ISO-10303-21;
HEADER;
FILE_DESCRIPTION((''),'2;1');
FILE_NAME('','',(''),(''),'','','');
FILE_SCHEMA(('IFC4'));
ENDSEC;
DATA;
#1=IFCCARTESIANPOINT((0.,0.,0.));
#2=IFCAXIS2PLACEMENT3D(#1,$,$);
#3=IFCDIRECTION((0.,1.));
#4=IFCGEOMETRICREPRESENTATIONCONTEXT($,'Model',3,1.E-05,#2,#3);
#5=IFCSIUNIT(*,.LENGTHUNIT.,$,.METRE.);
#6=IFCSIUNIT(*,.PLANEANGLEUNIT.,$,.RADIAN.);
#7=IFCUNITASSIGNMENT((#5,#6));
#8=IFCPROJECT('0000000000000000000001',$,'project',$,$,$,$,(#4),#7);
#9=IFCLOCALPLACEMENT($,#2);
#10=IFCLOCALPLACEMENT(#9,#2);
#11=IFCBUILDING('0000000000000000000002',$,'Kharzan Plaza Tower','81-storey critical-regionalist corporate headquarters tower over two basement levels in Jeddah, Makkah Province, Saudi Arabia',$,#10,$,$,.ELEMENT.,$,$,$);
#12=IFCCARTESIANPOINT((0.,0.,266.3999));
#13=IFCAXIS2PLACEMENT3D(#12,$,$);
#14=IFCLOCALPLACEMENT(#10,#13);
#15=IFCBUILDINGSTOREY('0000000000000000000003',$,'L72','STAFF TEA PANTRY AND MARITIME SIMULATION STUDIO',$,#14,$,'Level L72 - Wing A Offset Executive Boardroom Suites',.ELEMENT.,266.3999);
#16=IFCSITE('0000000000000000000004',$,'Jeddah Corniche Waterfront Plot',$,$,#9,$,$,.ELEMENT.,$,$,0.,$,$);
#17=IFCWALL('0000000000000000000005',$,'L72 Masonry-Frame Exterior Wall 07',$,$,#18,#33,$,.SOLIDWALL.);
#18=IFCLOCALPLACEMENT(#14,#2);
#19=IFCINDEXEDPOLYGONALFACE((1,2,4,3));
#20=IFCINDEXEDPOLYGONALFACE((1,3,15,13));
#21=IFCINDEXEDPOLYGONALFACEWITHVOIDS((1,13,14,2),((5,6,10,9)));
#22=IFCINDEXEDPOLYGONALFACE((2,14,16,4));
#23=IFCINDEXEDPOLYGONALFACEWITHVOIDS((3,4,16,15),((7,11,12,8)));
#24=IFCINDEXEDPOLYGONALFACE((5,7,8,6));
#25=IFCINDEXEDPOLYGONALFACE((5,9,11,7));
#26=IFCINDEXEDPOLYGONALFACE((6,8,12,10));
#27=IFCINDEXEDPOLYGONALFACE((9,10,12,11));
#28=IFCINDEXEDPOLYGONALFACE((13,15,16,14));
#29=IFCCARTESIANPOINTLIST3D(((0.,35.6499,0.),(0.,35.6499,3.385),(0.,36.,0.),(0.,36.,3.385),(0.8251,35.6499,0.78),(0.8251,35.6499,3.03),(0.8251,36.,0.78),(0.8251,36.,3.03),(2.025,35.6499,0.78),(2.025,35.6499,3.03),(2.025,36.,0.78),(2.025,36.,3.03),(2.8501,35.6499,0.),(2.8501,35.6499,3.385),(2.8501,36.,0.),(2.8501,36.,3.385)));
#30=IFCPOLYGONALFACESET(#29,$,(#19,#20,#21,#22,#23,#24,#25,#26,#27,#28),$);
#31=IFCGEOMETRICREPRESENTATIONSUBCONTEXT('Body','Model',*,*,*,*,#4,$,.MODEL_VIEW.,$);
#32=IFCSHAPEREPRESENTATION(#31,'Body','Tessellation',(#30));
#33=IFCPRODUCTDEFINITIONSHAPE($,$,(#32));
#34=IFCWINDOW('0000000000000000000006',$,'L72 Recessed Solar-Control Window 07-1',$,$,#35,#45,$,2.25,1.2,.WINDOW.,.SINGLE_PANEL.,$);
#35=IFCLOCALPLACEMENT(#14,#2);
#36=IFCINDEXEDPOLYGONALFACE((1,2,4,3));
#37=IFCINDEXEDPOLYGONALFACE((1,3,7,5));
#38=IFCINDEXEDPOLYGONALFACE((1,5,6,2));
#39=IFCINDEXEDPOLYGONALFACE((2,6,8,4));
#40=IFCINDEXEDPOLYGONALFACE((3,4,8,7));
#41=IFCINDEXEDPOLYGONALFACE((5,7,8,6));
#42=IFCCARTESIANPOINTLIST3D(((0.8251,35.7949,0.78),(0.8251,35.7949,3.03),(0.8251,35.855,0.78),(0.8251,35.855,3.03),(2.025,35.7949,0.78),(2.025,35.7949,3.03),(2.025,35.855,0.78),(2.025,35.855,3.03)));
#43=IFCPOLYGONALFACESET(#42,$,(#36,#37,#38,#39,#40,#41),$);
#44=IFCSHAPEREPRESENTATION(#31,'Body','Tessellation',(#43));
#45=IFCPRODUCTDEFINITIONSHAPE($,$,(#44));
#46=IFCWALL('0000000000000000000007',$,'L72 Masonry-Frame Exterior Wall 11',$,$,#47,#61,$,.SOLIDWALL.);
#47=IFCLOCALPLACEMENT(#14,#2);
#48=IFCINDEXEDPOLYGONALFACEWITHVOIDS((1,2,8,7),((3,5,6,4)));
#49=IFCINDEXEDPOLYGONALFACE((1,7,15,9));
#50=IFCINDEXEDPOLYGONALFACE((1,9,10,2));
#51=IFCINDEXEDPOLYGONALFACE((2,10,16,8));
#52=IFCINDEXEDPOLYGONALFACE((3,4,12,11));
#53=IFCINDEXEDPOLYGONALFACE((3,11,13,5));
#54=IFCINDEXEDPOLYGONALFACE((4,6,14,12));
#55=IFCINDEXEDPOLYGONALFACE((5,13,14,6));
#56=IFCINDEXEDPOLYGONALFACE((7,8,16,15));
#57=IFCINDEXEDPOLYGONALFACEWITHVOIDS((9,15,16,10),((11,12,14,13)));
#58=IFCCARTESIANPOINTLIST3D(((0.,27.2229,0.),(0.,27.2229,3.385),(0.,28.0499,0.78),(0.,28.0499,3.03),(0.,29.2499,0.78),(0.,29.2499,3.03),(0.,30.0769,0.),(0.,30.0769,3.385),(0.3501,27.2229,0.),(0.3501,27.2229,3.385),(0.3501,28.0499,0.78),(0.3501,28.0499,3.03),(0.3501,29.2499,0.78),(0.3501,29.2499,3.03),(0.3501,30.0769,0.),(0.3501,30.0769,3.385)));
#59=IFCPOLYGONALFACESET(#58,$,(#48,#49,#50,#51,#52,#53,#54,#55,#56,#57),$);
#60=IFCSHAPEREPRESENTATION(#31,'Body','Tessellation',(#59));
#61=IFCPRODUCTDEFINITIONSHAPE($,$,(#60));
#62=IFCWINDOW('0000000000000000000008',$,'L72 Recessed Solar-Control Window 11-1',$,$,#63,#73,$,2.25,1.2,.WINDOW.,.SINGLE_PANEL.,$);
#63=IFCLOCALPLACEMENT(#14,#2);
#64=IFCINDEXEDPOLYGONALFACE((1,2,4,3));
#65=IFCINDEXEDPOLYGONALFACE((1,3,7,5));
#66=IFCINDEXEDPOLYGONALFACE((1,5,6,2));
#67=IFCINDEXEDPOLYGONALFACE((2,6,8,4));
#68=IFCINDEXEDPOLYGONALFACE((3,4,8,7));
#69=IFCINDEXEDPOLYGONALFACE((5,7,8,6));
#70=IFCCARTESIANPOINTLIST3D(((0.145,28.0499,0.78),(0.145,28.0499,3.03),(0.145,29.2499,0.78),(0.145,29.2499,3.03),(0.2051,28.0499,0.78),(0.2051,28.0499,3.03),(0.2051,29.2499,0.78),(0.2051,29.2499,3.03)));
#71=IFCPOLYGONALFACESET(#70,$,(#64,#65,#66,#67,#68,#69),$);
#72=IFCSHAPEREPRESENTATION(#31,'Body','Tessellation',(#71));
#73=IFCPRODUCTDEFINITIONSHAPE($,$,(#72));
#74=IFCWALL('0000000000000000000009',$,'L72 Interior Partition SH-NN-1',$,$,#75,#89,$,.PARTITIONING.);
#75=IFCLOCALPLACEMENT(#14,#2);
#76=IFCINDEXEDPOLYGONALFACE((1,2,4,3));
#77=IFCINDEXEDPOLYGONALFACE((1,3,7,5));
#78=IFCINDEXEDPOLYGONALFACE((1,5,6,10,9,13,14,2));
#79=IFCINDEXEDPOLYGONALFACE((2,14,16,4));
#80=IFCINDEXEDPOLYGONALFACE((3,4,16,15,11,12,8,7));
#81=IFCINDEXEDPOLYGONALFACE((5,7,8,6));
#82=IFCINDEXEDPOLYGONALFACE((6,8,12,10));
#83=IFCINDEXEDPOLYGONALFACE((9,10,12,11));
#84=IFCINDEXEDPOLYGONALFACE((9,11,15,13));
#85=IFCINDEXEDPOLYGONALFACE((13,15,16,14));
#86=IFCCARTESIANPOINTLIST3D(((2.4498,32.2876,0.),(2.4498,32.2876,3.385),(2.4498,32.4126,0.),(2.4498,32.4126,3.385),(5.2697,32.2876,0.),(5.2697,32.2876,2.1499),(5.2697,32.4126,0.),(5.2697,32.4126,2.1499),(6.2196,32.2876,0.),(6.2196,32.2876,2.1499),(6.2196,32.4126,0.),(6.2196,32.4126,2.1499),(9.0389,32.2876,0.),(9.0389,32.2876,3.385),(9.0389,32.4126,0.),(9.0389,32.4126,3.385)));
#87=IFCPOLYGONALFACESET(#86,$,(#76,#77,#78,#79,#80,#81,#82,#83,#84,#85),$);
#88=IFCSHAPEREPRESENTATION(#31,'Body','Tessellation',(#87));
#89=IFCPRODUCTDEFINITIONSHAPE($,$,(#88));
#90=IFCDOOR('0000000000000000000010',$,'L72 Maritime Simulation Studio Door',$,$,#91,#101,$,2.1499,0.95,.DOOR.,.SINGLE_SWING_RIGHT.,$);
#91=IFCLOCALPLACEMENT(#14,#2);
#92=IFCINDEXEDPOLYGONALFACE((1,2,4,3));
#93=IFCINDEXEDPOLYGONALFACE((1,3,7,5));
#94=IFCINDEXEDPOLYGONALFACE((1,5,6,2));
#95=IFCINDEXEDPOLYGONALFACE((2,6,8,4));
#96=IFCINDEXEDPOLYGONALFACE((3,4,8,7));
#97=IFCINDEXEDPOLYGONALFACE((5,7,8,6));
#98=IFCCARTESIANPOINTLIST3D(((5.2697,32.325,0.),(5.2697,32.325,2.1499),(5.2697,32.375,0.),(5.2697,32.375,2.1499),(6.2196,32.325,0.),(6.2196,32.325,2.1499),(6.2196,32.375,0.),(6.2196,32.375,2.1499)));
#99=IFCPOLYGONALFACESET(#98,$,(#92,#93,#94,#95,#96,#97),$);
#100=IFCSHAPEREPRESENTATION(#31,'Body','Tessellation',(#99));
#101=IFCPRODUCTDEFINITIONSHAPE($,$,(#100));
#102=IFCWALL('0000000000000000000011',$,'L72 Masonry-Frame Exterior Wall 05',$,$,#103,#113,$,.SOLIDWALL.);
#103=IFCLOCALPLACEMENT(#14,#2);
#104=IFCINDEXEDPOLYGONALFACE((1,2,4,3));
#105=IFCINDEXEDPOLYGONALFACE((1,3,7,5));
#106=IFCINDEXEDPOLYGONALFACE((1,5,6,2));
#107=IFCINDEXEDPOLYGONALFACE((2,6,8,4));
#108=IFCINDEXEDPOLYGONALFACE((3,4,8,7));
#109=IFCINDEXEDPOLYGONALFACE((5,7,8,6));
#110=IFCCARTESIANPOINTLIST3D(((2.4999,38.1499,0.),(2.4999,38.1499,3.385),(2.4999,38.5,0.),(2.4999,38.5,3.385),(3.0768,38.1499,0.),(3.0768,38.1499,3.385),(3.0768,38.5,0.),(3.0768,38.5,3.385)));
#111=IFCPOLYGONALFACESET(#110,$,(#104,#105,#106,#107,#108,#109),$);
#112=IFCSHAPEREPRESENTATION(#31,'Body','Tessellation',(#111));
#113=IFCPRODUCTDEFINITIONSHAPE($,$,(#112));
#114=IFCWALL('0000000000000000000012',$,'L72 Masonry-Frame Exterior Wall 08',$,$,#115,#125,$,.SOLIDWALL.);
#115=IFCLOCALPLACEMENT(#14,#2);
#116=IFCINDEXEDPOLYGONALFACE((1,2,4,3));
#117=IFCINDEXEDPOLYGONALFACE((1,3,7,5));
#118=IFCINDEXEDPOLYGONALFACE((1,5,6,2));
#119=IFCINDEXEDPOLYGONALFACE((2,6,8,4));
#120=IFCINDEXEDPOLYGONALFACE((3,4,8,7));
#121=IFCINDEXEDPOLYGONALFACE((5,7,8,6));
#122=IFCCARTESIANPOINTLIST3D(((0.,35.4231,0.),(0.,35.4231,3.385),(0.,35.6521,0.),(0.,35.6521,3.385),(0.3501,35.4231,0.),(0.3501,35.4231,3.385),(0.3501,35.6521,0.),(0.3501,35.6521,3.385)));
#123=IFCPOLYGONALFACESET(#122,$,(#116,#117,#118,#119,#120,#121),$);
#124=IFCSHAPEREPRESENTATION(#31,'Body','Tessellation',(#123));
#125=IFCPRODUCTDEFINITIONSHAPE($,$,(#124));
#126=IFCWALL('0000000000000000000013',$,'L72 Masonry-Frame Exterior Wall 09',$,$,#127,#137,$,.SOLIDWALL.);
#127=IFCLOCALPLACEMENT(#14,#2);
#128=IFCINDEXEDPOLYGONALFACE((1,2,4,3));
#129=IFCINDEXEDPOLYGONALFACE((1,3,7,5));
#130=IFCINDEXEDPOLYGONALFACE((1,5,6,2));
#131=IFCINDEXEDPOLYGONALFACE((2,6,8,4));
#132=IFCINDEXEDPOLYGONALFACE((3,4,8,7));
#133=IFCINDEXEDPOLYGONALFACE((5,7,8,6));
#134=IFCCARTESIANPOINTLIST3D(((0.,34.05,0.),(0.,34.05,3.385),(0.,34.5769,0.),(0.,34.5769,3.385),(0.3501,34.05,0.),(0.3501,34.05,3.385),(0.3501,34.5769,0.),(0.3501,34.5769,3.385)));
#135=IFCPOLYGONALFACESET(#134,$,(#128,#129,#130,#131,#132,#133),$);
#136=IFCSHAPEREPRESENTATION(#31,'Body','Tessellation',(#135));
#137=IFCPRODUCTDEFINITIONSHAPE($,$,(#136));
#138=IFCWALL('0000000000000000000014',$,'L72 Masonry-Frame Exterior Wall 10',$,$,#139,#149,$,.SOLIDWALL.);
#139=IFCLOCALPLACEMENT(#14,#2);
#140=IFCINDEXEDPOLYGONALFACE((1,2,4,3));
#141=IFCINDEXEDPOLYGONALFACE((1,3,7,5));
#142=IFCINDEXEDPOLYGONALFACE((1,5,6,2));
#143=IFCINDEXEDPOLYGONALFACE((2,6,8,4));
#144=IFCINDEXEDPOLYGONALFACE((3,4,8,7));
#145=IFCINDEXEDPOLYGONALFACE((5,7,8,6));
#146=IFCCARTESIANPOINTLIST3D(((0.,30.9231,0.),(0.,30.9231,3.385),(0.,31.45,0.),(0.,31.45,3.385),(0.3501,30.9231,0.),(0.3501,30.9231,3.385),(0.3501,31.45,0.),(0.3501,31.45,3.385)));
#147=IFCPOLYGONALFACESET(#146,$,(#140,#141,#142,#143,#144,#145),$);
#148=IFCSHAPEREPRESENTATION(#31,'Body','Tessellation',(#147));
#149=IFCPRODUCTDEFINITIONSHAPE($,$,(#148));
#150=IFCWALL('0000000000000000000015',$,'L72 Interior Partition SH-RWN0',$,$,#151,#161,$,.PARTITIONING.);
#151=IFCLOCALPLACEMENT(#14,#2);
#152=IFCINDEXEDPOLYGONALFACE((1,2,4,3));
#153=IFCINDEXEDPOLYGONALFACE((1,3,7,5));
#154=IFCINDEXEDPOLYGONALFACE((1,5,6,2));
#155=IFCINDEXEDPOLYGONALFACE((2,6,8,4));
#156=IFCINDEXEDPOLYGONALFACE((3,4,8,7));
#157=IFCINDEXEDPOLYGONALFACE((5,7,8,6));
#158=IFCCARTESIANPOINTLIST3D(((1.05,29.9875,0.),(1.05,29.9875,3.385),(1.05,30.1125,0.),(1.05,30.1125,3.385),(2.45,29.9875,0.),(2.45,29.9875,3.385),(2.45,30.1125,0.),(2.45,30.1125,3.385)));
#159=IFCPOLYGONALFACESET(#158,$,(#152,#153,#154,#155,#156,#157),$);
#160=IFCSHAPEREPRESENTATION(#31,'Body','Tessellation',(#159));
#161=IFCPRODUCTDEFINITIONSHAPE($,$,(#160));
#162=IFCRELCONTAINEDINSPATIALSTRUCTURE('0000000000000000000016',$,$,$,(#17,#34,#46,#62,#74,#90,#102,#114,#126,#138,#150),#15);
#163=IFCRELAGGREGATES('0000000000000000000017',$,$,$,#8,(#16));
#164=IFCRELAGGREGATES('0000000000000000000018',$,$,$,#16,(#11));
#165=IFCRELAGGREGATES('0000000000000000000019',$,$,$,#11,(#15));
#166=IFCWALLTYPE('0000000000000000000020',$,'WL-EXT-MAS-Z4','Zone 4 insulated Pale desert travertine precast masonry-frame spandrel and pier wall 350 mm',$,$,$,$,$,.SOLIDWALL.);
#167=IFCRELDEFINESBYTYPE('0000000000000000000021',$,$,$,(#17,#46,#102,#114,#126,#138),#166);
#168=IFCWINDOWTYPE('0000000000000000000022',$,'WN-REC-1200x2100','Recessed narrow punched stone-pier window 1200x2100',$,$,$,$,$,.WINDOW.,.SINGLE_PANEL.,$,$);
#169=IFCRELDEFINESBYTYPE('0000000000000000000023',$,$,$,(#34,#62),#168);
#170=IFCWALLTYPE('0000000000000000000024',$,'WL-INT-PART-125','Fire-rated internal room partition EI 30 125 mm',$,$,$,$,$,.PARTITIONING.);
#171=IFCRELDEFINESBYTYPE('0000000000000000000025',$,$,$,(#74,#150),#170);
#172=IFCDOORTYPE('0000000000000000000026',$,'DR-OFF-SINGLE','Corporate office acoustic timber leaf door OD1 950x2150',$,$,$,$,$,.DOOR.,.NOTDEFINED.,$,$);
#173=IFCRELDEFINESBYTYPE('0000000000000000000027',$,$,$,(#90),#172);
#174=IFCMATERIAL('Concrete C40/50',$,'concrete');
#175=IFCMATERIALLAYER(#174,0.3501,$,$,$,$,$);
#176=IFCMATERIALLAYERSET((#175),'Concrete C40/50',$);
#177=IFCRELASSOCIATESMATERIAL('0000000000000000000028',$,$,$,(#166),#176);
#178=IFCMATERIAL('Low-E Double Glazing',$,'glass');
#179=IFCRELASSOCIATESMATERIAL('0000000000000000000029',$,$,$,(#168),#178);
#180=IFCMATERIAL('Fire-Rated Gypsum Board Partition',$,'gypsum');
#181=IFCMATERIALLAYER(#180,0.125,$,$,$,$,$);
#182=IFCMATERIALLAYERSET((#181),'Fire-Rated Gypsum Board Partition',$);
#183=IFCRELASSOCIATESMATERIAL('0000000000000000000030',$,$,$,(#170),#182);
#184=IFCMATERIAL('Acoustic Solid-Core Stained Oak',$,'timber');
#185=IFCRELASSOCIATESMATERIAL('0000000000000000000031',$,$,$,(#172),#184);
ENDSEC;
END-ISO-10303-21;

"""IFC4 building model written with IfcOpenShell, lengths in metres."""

from ifc_helpers import new_model, si_unit, direction, frame, frame_2d, origin, place, context, subcontext, project, spatial, rectangle, extrude, source, transform, mapped, material, layer, layer_set, type_object, element, fill, save


model = new_model("IFC4")

# Units and contexts
model_context = context("Model", 3, precision=1e-05, world=origin(), true_north=direction((0.0, 1.0)))
body_context = subcontext(model_context, "Body", "Model", "MODEL_VIEW")
ifc_project = project(units=[si_unit("LENGTHUNIT", "METRE"), si_unit("PLANEANGLEUNIT", "RADIAN")], contexts=[model_context])

# Site, building, storey
site_placement = place(None, origin())
site = spatial("IfcSite", under=ifc_project, at=site_placement, Name="Jeddah Corniche Waterfront Plot", CompositionType="ELEMENT", RefElevation=0.0)
building_placement = place(site_placement, origin())
building = spatial("IfcBuilding", under=site, at=building_placement, Name="Kharzan Plaza Tower", Description="81-storey critical-regionalist corporate headquarters tower over two basement levels in Jeddah, Makkah Province, Saudi Arabia", CompositionType="ELEMENT")
storey_placement = place(building_placement, frame((0.0, 0.0, 266.3999)))
storey = spatial("IfcBuildingStorey", under=building, at=storey_placement, Name="L72", Description="STAFF TEA PANTRY AND MARITIME SIMULATION STUDIO", LongName="Level L72 - Wing A Offset Executive Boardroom Suites", CompositionType="ELEMENT", Elevation=266.3999)

# Walls, openings, windows
ifc_material_1 = material(Name="Concrete C40/50", Category="concrete")
ifc_layer_1 = layer(ifc_material_1, 0.3501)
ifc_layer_set_1 = layer_set([ifc_layer_1], Name="Concrete C40/50")
wall_type_1 = type_object("IfcWallType", Name="WL-EXT-MAS-Z4", Description="Zone 4 insulated Pale desert travertine precast masonry-frame spandrel and pier wall 350 mm", PredefinedType="SOLIDWALL", material=ifc_layer_set_1)
ifc_material_2 = material(Name="Low-E Double Glazing", Category="glass")
window_type = type_object("IfcWindowType", Name="WN-REC-1200x2100", Description="Recessed narrow punched stone-pier window 1200x2100", PartitioningType="SINGLE_PANEL", PredefinedType="WINDOW", material=ifc_material_2)
shared_shape_1 = source(origin(), body_context, "Body", "SweptSolid", [
    extrude(rectangle(XDim=1.2, YDim=2.25, at=frame_2d((0.6001, 1.125))), frame((0.0, 0.03, 0.0), z_axis=(0.0, -1.0, 0.0), x_axis=(1.0, 0.0, 0.0)), (0.0, 0.0, 1.0), 0.0601),
])
wall_1_placement = place(storey_placement, frame((2.8501, 35.825, 0.0), z_axis=(0.0, 0.0, 1.0), x_axis=(-1.0, 0.0, 0.0)))
wall_1 = element("IfcWall", 1, at=wall_1_placement, inside=storey, type_object=wall_type_1, Name="L72 Masonry-Frame Exterior Wall 07", PredefinedType="SOLIDWALL", context=body_context, shape_type="SweptSolid", body=[
    extrude(rectangle(XDim=2.8501, YDim=0.3501, at=frame_2d((1.425, 0.0))), origin(), (0.0, 0.0, 1.0), 3.385),
])
opening_1_placement = place(wall_1_placement, frame((0.825, 0.0, 0.78)))
opening_1 = element("IfcOpeningElement", 2, at=opening_1_placement, cuts=wall_1, PredefinedType="OPENING", context=body_context, shape_type="SweptSolid", body=[
    extrude(rectangle(XDim=1.2, YDim=2.25, at=frame_2d((0.6001, 1.125))), frame((0.0, 0.1851, 0.0), z_axis=(0.0, -1.0, 0.0), x_axis=(1.0, 0.0, 0.0)), (0.0, 0.0, 1.0), 0.3701),
])
window_1_placement = place(opening_1_placement, origin())
window_1 = element("IfcWindow", 3, at=window_1_placement, inside=storey, type_object=window_type, Name="L72 Recessed Solar-Control Window 07-1", OverallHeight=2.25, OverallWidth=1.2, PartitioningType="SINGLE_PANEL", PredefinedType="WINDOW", context=body_context, shape_type="MappedRepresentation", body=[
    mapped(shared_shape_1, transform((0.0, 0.0, 0.0), x_axis=(1.0, 0.0, 0.0), y_axis=(0.0, 1.0, 0.0), z_axis=(0.0, 0.0, 1.0))),
])
fill(opening_1, window_1)
wall_2_placement = place(storey_placement, frame((0.175, 30.0769, 0.0), z_axis=(0.0, 0.0, 1.0), x_axis=(0.0, -1.0, 0.0)))
wall_2 = element("IfcWall", 4, at=wall_2_placement, inside=storey, type_object=wall_type_1, Name="L72 Masonry-Frame Exterior Wall 11", PredefinedType="SOLIDWALL", context=body_context, shape_type="SweptSolid", body=[
    extrude(rectangle(XDim=2.854, YDim=0.3501, at=frame_2d((1.427, 0.0))), origin(), (0.0, 0.0, 1.0), 3.385),
])
opening_2_placement = place(wall_2_placement, frame((0.8269, 0.0, 0.78)))
opening_2 = element("IfcOpeningElement", 5, at=opening_2_placement, cuts=wall_2, PredefinedType="OPENING", context=body_context, shape_type="SweptSolid", body=[
    extrude(rectangle(XDim=1.2, YDim=2.25, at=frame_2d((0.6001, 1.125))), frame((0.0, 0.1851, 0.0), z_axis=(0.0, -1.0, 0.0), x_axis=(1.0, 0.0, 0.0)), (0.0, 0.0, 1.0), 0.3701),
])
window_2_placement = place(opening_2_placement, origin())
window_2 = element("IfcWindow", 6, at=window_2_placement, inside=storey, type_object=window_type, Name="L72 Recessed Solar-Control Window 11-1", OverallHeight=2.25, OverallWidth=1.2, PartitioningType="SINGLE_PANEL", PredefinedType="WINDOW", context=body_context, shape_type="MappedRepresentation", body=[
    mapped(shared_shape_1, transform((0.0, 0.0, 0.0), x_axis=(1.0, 0.0, 0.0), y_axis=(0.0, 1.0, 0.0), z_axis=(0.0, 0.0, 1.0))),
])
fill(opening_2, window_2)

# Wall, opening, door
ifc_material_3 = material(Name="Fire-Rated Gypsum Board Partition", Category="gypsum")
ifc_layer_2 = layer(ifc_material_3, 0.125)
ifc_layer_set_2 = layer_set([ifc_layer_2], Name="Fire-Rated Gypsum Board Partition")
wall_type_2 = type_object("IfcWallType", Name="WL-INT-PART-125", Description="Fire-rated internal room partition EI 30 125 mm", PredefinedType="PARTITIONING", material=ifc_layer_set_2)
wall_3_placement = place(storey_placement, frame((2.45, 32.3501, 0.0), z_axis=(0.0, 0.0, 1.0), x_axis=(1.0, 0.0, 0.0)))
wall_3 = element("IfcWall", 7, at=wall_3_placement, inside=storey, type_object=wall_type_2, Name="L72 Interior Partition SH-NN-1", PredefinedType="PARTITIONING", context=body_context, shape_type="SweptSolid", body=[
    extrude(rectangle(XDim=6.5891, YDim=0.125, at=frame_2d((3.2944, 0.0))), origin(), (0.0, 0.0, 1.0), 3.385),
])
opening_3_placement = place(wall_3_placement, frame((2.8196, 0.0, 0.0)))
opening_3 = element("IfcOpeningElement", 8, at=opening_3_placement, cuts=wall_3, PredefinedType="OPENING", context=body_context, shape_type="SweptSolid", body=[
    extrude(rectangle(XDim=0.95, YDim=2.1499, at=frame_2d((0.4751, 1.075))), frame((0.0, 0.0725, 0.0), z_axis=(0.0, -1.0, 0.0), x_axis=(1.0, 0.0, 0.0)), (0.0, 0.0, 1.0), 0.145),
])
ifc_material_4 = material(Name="Acoustic Solid-Core Stained Oak", Category="timber")
door_type = type_object("IfcDoorType", Name="DR-OFF-SINGLE", Description="Corporate office acoustic timber leaf door OD1 950x2150", OperationType="NOTDEFINED", PredefinedType="DOOR", material=ifc_material_4)
shared_shape_2 = source(origin(), body_context, "Body", "SweptSolid", [
    extrude(rectangle(XDim=0.95, YDim=2.1499, at=frame_2d((0.4751, 1.075))), frame((0.0, 0.0249, 0.0), z_axis=(0.0, -1.0, 0.0), x_axis=(1.0, 0.0, 0.0)), (0.0, 0.0, 1.0), 0.05),
])
door_placement = place(opening_3_placement, origin())
door = element("IfcDoor", 9, at=door_placement, inside=storey, type_object=door_type, Name="L72 Maritime Simulation Studio Door", OperationType="SINGLE_SWING_RIGHT", OverallHeight=2.1499, OverallWidth=0.95, PredefinedType="DOOR", context=body_context, shape_type="MappedRepresentation", body=[
    mapped(shared_shape_2, transform((0.0, 0.0, 0.0), x_axis=(1.0, 0.0, 0.0), y_axis=(0.0, 1.0, 0.0), z_axis=(0.0, 0.0, 1.0))),
])
fill(opening_3, door)

# Walls
shared_shape_3 = source(origin(), body_context, "Body", "SweptSolid", [
    extrude(rectangle(XDim=0.5769, YDim=0.3501, at=frame_2d((0.2886, 0.0))), origin(), (0.0, 0.0, 1.0), 3.385),
])
wall_4_placement = place(storey_placement, frame((3.0769, 38.325, 0.0), z_axis=(0.0, 0.0, 1.0), x_axis=(-1.0, 0.0, 0.0)))
element("IfcWall", 10, at=wall_4_placement, inside=storey, type_object=wall_type_1, Name="L72 Masonry-Frame Exterior Wall 05", PredefinedType="SOLIDWALL", context=body_context, shape_type="MappedRepresentation", body=[
    mapped(shared_shape_3, transform((0.0, 0.0, 0.0), x_axis=(1.0, 0.0, 0.0), y_axis=(0.0, 1.0, 0.0), z_axis=(0.0, 0.0, 1.0))),
])
shared_shape_4 = source(origin(), body_context, "Body", "SweptSolid", [
    extrude(rectangle(XDim=0.229, YDim=0.3501, at=frame_2d((0.1145, 0.0))), origin(), (0.0, 0.0, 1.0), 3.385),
])
wall_5_placement = place(storey_placement, frame((0.175, 35.6521, 0.0), z_axis=(0.0, 0.0, 1.0), x_axis=(0.0, -1.0, 0.0)))
element("IfcWall", 11, at=wall_5_placement, inside=storey, type_object=wall_type_1, Name="L72 Masonry-Frame Exterior Wall 08", PredefinedType="SOLIDWALL", context=body_context, shape_type="MappedRepresentation", body=[
    mapped(shared_shape_4, transform((0.0, 0.0, 0.0), x_axis=(1.0, 0.0, 0.0), y_axis=(0.0, 1.0, 0.0), z_axis=(0.0, 0.0, 1.0))),
])
shared_shape_5 = source(origin(), body_context, "Body", "SweptSolid", [
    extrude(rectangle(XDim=0.5269, YDim=0.3501, at=frame_2d((0.2634, 0.0))), origin(), (0.0, 0.0, 1.0), 3.385),
])
for number, where, z_axis, x_axis, name in (
    (12, (0.175, 34.5769, 0.0), (0.0, 0.0, 1.0), (0.0, -1.0, 0.0), "L72 Masonry-Frame Exterior Wall 09"),
    (13, (0.175, 31.45, 0.0), (0.0, 0.0, 1.0), (0.0, -1.0, 0.0), "L72 Masonry-Frame Exterior Wall 10"),
):
    element("IfcWall", number, at=place(storey_placement, frame(where, z_axis=z_axis, x_axis=x_axis)), inside=storey, type_object=wall_type_1, Name=name, PredefinedType="SOLIDWALL", context=body_context, shape_type="MappedRepresentation", body=[
        mapped(shared_shape_5, transform((0.0, 0.0, 0.0), x_axis=(1.0, 0.0, 0.0), y_axis=(0.0, 1.0, 0.0), z_axis=(0.0, 0.0, 1.0))),
    ])
shared_shape_6 = source(origin(), body_context, "Body", "SweptSolid", [
    extrude(rectangle(XDim=1.3999, YDim=0.125, at=frame_2d((0.7, 0.0))), origin(), (0.0, 0.0, 1.0), 3.385),
])
wall_6_placement = place(storey_placement, frame((1.05, 30.05, 0.0), z_axis=(0.0, 0.0, 1.0), x_axis=(1.0, 0.0, 0.0)))
element("IfcWall", 14, at=wall_6_placement, inside=storey, type_object=wall_type_2, Name="L72 Interior Partition SH-RWN0", PredefinedType="PARTITIONING", context=body_context, shape_type="MappedRepresentation", body=[
    mapped(shared_shape_6, transform((0.0, 0.0, 0.0), x_axis=(1.0, 0.0, 0.0), y_axis=(0.0, 1.0, 0.0), z_axis=(0.0, 0.0, 1.0))),
])

save(model, "model.ifc")
